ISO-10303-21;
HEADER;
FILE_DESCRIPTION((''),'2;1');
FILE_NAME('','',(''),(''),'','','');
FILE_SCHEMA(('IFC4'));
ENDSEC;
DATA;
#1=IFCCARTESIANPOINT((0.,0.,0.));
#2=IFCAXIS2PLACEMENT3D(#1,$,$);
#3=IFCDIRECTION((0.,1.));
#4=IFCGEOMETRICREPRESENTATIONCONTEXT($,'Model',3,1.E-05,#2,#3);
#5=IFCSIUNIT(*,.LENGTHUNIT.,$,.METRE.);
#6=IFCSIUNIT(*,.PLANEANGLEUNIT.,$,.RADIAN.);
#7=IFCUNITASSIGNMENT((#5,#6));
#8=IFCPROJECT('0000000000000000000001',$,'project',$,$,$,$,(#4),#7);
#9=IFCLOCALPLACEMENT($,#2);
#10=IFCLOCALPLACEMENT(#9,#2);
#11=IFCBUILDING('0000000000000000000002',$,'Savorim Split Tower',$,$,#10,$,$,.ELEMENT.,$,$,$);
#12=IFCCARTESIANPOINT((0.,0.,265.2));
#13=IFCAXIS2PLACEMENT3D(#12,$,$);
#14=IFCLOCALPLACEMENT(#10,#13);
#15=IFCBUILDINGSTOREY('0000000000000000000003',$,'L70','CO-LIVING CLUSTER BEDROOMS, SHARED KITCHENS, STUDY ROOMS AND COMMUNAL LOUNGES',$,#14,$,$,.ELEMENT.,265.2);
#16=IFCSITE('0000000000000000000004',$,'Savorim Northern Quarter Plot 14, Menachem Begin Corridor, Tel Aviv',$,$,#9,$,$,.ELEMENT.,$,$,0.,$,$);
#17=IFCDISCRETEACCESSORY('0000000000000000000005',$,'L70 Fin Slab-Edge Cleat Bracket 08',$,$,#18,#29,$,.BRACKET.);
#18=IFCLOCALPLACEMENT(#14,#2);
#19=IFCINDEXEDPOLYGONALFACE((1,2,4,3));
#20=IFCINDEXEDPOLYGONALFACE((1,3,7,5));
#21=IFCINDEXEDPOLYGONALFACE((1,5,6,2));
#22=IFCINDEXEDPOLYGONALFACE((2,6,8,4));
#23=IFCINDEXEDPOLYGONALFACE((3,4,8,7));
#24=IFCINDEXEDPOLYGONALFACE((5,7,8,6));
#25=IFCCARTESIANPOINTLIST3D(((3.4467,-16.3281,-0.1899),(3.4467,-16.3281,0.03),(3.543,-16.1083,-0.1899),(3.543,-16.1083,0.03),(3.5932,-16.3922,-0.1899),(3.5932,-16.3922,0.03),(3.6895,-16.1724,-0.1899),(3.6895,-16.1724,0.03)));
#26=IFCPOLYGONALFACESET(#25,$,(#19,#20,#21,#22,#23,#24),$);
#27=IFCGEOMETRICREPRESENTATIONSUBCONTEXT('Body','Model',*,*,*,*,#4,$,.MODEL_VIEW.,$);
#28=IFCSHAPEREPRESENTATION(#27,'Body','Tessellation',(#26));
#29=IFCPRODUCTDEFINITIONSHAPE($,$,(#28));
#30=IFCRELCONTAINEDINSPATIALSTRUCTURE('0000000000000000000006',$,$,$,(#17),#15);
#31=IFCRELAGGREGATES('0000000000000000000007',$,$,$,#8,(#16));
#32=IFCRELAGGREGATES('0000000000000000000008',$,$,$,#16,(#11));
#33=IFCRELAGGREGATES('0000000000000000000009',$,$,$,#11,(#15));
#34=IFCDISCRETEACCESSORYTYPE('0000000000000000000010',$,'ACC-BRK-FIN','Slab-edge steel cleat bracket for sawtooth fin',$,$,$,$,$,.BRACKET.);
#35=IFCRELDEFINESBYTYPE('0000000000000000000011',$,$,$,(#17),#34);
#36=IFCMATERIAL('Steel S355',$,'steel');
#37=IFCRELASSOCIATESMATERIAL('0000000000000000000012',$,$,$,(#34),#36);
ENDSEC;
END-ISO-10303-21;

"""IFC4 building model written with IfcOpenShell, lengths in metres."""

from ifc_helpers import new_model, si_unit, direction, frame, origin, origin_2d, place, context, subcontext, project, spatial, rectangle, extrude, material, type_object, element, save


model = new_model("IFC4")

# Units and contexts
model_context = context("Model", 3, precision=1e-05, world=origin(), true_north=direction((0.0, 1.0)))
body_context = subcontext(model_context, "Body", "Model", "MODEL_VIEW")
ifc_project = project(units=[si_unit("LENGTHUNIT", "METRE"), si_unit("PLANEANGLEUNIT", "RADIAN")], contexts=[model_context])

# Site, building, storey
site_placement = place(None, origin())
site = spatial("IfcSite", under=ifc_project, at=site_placement, Name="Savorim Northern Quarter Plot 14, Menachem Begin Corridor, Tel Aviv", CompositionType="ELEMENT", RefElevation=0.0)
building_placement = place(site_placement, origin())
building = spatial("IfcBuilding", under=site, at=building_placement, Name="Savorim Split Tower", CompositionType="ELEMENT")
storey_placement = place(building_placement, frame((0.0, 0.0, 265.2)))
storey = spatial("IfcBuildingStorey", under=building, at=storey_placement, Name="L70", Description="CO-LIVING CLUSTER BEDROOMS, SHARED KITCHENS, STUDY ROOMS AND COMMUNAL LOUNGES", CompositionType="ELEMENT", Elevation=265.2)

# Shared definitions
ifc_material_1 = material(Name="Steel S355", Category="steel")

# Discrete accessory
discrete_accessory_type = type_object("IfcDiscreteAccessoryType", Name="ACC-BRK-FIN", Description="Slab-edge steel cleat bracket for sawtooth fin", PredefinedType="BRACKET", material=ifc_material_1)
discrete_accessory_placement = place(storey_placement, frame((3.5681, -16.2502, -0.1899), z_axis=(0.0, 0.0, 1.0), x_axis=(-0.40123, -0.915977, 0.0)))
element("IfcDiscreteAccessory", 1, at=discrete_accessory_placement, inside=storey, type_object=discrete_accessory_type, Name="L70 Fin Slab-Edge Cleat Bracket 08", PredefinedType="BRACKET", context=body_context, shape_type="SweptSolid", body=[
    extrude(rectangle(XDim=0.24, YDim=0.1599, at=origin_2d()), origin(), (0.0, 0.0, 1.0), 0.22),
])

save(model, "model.ifc")
